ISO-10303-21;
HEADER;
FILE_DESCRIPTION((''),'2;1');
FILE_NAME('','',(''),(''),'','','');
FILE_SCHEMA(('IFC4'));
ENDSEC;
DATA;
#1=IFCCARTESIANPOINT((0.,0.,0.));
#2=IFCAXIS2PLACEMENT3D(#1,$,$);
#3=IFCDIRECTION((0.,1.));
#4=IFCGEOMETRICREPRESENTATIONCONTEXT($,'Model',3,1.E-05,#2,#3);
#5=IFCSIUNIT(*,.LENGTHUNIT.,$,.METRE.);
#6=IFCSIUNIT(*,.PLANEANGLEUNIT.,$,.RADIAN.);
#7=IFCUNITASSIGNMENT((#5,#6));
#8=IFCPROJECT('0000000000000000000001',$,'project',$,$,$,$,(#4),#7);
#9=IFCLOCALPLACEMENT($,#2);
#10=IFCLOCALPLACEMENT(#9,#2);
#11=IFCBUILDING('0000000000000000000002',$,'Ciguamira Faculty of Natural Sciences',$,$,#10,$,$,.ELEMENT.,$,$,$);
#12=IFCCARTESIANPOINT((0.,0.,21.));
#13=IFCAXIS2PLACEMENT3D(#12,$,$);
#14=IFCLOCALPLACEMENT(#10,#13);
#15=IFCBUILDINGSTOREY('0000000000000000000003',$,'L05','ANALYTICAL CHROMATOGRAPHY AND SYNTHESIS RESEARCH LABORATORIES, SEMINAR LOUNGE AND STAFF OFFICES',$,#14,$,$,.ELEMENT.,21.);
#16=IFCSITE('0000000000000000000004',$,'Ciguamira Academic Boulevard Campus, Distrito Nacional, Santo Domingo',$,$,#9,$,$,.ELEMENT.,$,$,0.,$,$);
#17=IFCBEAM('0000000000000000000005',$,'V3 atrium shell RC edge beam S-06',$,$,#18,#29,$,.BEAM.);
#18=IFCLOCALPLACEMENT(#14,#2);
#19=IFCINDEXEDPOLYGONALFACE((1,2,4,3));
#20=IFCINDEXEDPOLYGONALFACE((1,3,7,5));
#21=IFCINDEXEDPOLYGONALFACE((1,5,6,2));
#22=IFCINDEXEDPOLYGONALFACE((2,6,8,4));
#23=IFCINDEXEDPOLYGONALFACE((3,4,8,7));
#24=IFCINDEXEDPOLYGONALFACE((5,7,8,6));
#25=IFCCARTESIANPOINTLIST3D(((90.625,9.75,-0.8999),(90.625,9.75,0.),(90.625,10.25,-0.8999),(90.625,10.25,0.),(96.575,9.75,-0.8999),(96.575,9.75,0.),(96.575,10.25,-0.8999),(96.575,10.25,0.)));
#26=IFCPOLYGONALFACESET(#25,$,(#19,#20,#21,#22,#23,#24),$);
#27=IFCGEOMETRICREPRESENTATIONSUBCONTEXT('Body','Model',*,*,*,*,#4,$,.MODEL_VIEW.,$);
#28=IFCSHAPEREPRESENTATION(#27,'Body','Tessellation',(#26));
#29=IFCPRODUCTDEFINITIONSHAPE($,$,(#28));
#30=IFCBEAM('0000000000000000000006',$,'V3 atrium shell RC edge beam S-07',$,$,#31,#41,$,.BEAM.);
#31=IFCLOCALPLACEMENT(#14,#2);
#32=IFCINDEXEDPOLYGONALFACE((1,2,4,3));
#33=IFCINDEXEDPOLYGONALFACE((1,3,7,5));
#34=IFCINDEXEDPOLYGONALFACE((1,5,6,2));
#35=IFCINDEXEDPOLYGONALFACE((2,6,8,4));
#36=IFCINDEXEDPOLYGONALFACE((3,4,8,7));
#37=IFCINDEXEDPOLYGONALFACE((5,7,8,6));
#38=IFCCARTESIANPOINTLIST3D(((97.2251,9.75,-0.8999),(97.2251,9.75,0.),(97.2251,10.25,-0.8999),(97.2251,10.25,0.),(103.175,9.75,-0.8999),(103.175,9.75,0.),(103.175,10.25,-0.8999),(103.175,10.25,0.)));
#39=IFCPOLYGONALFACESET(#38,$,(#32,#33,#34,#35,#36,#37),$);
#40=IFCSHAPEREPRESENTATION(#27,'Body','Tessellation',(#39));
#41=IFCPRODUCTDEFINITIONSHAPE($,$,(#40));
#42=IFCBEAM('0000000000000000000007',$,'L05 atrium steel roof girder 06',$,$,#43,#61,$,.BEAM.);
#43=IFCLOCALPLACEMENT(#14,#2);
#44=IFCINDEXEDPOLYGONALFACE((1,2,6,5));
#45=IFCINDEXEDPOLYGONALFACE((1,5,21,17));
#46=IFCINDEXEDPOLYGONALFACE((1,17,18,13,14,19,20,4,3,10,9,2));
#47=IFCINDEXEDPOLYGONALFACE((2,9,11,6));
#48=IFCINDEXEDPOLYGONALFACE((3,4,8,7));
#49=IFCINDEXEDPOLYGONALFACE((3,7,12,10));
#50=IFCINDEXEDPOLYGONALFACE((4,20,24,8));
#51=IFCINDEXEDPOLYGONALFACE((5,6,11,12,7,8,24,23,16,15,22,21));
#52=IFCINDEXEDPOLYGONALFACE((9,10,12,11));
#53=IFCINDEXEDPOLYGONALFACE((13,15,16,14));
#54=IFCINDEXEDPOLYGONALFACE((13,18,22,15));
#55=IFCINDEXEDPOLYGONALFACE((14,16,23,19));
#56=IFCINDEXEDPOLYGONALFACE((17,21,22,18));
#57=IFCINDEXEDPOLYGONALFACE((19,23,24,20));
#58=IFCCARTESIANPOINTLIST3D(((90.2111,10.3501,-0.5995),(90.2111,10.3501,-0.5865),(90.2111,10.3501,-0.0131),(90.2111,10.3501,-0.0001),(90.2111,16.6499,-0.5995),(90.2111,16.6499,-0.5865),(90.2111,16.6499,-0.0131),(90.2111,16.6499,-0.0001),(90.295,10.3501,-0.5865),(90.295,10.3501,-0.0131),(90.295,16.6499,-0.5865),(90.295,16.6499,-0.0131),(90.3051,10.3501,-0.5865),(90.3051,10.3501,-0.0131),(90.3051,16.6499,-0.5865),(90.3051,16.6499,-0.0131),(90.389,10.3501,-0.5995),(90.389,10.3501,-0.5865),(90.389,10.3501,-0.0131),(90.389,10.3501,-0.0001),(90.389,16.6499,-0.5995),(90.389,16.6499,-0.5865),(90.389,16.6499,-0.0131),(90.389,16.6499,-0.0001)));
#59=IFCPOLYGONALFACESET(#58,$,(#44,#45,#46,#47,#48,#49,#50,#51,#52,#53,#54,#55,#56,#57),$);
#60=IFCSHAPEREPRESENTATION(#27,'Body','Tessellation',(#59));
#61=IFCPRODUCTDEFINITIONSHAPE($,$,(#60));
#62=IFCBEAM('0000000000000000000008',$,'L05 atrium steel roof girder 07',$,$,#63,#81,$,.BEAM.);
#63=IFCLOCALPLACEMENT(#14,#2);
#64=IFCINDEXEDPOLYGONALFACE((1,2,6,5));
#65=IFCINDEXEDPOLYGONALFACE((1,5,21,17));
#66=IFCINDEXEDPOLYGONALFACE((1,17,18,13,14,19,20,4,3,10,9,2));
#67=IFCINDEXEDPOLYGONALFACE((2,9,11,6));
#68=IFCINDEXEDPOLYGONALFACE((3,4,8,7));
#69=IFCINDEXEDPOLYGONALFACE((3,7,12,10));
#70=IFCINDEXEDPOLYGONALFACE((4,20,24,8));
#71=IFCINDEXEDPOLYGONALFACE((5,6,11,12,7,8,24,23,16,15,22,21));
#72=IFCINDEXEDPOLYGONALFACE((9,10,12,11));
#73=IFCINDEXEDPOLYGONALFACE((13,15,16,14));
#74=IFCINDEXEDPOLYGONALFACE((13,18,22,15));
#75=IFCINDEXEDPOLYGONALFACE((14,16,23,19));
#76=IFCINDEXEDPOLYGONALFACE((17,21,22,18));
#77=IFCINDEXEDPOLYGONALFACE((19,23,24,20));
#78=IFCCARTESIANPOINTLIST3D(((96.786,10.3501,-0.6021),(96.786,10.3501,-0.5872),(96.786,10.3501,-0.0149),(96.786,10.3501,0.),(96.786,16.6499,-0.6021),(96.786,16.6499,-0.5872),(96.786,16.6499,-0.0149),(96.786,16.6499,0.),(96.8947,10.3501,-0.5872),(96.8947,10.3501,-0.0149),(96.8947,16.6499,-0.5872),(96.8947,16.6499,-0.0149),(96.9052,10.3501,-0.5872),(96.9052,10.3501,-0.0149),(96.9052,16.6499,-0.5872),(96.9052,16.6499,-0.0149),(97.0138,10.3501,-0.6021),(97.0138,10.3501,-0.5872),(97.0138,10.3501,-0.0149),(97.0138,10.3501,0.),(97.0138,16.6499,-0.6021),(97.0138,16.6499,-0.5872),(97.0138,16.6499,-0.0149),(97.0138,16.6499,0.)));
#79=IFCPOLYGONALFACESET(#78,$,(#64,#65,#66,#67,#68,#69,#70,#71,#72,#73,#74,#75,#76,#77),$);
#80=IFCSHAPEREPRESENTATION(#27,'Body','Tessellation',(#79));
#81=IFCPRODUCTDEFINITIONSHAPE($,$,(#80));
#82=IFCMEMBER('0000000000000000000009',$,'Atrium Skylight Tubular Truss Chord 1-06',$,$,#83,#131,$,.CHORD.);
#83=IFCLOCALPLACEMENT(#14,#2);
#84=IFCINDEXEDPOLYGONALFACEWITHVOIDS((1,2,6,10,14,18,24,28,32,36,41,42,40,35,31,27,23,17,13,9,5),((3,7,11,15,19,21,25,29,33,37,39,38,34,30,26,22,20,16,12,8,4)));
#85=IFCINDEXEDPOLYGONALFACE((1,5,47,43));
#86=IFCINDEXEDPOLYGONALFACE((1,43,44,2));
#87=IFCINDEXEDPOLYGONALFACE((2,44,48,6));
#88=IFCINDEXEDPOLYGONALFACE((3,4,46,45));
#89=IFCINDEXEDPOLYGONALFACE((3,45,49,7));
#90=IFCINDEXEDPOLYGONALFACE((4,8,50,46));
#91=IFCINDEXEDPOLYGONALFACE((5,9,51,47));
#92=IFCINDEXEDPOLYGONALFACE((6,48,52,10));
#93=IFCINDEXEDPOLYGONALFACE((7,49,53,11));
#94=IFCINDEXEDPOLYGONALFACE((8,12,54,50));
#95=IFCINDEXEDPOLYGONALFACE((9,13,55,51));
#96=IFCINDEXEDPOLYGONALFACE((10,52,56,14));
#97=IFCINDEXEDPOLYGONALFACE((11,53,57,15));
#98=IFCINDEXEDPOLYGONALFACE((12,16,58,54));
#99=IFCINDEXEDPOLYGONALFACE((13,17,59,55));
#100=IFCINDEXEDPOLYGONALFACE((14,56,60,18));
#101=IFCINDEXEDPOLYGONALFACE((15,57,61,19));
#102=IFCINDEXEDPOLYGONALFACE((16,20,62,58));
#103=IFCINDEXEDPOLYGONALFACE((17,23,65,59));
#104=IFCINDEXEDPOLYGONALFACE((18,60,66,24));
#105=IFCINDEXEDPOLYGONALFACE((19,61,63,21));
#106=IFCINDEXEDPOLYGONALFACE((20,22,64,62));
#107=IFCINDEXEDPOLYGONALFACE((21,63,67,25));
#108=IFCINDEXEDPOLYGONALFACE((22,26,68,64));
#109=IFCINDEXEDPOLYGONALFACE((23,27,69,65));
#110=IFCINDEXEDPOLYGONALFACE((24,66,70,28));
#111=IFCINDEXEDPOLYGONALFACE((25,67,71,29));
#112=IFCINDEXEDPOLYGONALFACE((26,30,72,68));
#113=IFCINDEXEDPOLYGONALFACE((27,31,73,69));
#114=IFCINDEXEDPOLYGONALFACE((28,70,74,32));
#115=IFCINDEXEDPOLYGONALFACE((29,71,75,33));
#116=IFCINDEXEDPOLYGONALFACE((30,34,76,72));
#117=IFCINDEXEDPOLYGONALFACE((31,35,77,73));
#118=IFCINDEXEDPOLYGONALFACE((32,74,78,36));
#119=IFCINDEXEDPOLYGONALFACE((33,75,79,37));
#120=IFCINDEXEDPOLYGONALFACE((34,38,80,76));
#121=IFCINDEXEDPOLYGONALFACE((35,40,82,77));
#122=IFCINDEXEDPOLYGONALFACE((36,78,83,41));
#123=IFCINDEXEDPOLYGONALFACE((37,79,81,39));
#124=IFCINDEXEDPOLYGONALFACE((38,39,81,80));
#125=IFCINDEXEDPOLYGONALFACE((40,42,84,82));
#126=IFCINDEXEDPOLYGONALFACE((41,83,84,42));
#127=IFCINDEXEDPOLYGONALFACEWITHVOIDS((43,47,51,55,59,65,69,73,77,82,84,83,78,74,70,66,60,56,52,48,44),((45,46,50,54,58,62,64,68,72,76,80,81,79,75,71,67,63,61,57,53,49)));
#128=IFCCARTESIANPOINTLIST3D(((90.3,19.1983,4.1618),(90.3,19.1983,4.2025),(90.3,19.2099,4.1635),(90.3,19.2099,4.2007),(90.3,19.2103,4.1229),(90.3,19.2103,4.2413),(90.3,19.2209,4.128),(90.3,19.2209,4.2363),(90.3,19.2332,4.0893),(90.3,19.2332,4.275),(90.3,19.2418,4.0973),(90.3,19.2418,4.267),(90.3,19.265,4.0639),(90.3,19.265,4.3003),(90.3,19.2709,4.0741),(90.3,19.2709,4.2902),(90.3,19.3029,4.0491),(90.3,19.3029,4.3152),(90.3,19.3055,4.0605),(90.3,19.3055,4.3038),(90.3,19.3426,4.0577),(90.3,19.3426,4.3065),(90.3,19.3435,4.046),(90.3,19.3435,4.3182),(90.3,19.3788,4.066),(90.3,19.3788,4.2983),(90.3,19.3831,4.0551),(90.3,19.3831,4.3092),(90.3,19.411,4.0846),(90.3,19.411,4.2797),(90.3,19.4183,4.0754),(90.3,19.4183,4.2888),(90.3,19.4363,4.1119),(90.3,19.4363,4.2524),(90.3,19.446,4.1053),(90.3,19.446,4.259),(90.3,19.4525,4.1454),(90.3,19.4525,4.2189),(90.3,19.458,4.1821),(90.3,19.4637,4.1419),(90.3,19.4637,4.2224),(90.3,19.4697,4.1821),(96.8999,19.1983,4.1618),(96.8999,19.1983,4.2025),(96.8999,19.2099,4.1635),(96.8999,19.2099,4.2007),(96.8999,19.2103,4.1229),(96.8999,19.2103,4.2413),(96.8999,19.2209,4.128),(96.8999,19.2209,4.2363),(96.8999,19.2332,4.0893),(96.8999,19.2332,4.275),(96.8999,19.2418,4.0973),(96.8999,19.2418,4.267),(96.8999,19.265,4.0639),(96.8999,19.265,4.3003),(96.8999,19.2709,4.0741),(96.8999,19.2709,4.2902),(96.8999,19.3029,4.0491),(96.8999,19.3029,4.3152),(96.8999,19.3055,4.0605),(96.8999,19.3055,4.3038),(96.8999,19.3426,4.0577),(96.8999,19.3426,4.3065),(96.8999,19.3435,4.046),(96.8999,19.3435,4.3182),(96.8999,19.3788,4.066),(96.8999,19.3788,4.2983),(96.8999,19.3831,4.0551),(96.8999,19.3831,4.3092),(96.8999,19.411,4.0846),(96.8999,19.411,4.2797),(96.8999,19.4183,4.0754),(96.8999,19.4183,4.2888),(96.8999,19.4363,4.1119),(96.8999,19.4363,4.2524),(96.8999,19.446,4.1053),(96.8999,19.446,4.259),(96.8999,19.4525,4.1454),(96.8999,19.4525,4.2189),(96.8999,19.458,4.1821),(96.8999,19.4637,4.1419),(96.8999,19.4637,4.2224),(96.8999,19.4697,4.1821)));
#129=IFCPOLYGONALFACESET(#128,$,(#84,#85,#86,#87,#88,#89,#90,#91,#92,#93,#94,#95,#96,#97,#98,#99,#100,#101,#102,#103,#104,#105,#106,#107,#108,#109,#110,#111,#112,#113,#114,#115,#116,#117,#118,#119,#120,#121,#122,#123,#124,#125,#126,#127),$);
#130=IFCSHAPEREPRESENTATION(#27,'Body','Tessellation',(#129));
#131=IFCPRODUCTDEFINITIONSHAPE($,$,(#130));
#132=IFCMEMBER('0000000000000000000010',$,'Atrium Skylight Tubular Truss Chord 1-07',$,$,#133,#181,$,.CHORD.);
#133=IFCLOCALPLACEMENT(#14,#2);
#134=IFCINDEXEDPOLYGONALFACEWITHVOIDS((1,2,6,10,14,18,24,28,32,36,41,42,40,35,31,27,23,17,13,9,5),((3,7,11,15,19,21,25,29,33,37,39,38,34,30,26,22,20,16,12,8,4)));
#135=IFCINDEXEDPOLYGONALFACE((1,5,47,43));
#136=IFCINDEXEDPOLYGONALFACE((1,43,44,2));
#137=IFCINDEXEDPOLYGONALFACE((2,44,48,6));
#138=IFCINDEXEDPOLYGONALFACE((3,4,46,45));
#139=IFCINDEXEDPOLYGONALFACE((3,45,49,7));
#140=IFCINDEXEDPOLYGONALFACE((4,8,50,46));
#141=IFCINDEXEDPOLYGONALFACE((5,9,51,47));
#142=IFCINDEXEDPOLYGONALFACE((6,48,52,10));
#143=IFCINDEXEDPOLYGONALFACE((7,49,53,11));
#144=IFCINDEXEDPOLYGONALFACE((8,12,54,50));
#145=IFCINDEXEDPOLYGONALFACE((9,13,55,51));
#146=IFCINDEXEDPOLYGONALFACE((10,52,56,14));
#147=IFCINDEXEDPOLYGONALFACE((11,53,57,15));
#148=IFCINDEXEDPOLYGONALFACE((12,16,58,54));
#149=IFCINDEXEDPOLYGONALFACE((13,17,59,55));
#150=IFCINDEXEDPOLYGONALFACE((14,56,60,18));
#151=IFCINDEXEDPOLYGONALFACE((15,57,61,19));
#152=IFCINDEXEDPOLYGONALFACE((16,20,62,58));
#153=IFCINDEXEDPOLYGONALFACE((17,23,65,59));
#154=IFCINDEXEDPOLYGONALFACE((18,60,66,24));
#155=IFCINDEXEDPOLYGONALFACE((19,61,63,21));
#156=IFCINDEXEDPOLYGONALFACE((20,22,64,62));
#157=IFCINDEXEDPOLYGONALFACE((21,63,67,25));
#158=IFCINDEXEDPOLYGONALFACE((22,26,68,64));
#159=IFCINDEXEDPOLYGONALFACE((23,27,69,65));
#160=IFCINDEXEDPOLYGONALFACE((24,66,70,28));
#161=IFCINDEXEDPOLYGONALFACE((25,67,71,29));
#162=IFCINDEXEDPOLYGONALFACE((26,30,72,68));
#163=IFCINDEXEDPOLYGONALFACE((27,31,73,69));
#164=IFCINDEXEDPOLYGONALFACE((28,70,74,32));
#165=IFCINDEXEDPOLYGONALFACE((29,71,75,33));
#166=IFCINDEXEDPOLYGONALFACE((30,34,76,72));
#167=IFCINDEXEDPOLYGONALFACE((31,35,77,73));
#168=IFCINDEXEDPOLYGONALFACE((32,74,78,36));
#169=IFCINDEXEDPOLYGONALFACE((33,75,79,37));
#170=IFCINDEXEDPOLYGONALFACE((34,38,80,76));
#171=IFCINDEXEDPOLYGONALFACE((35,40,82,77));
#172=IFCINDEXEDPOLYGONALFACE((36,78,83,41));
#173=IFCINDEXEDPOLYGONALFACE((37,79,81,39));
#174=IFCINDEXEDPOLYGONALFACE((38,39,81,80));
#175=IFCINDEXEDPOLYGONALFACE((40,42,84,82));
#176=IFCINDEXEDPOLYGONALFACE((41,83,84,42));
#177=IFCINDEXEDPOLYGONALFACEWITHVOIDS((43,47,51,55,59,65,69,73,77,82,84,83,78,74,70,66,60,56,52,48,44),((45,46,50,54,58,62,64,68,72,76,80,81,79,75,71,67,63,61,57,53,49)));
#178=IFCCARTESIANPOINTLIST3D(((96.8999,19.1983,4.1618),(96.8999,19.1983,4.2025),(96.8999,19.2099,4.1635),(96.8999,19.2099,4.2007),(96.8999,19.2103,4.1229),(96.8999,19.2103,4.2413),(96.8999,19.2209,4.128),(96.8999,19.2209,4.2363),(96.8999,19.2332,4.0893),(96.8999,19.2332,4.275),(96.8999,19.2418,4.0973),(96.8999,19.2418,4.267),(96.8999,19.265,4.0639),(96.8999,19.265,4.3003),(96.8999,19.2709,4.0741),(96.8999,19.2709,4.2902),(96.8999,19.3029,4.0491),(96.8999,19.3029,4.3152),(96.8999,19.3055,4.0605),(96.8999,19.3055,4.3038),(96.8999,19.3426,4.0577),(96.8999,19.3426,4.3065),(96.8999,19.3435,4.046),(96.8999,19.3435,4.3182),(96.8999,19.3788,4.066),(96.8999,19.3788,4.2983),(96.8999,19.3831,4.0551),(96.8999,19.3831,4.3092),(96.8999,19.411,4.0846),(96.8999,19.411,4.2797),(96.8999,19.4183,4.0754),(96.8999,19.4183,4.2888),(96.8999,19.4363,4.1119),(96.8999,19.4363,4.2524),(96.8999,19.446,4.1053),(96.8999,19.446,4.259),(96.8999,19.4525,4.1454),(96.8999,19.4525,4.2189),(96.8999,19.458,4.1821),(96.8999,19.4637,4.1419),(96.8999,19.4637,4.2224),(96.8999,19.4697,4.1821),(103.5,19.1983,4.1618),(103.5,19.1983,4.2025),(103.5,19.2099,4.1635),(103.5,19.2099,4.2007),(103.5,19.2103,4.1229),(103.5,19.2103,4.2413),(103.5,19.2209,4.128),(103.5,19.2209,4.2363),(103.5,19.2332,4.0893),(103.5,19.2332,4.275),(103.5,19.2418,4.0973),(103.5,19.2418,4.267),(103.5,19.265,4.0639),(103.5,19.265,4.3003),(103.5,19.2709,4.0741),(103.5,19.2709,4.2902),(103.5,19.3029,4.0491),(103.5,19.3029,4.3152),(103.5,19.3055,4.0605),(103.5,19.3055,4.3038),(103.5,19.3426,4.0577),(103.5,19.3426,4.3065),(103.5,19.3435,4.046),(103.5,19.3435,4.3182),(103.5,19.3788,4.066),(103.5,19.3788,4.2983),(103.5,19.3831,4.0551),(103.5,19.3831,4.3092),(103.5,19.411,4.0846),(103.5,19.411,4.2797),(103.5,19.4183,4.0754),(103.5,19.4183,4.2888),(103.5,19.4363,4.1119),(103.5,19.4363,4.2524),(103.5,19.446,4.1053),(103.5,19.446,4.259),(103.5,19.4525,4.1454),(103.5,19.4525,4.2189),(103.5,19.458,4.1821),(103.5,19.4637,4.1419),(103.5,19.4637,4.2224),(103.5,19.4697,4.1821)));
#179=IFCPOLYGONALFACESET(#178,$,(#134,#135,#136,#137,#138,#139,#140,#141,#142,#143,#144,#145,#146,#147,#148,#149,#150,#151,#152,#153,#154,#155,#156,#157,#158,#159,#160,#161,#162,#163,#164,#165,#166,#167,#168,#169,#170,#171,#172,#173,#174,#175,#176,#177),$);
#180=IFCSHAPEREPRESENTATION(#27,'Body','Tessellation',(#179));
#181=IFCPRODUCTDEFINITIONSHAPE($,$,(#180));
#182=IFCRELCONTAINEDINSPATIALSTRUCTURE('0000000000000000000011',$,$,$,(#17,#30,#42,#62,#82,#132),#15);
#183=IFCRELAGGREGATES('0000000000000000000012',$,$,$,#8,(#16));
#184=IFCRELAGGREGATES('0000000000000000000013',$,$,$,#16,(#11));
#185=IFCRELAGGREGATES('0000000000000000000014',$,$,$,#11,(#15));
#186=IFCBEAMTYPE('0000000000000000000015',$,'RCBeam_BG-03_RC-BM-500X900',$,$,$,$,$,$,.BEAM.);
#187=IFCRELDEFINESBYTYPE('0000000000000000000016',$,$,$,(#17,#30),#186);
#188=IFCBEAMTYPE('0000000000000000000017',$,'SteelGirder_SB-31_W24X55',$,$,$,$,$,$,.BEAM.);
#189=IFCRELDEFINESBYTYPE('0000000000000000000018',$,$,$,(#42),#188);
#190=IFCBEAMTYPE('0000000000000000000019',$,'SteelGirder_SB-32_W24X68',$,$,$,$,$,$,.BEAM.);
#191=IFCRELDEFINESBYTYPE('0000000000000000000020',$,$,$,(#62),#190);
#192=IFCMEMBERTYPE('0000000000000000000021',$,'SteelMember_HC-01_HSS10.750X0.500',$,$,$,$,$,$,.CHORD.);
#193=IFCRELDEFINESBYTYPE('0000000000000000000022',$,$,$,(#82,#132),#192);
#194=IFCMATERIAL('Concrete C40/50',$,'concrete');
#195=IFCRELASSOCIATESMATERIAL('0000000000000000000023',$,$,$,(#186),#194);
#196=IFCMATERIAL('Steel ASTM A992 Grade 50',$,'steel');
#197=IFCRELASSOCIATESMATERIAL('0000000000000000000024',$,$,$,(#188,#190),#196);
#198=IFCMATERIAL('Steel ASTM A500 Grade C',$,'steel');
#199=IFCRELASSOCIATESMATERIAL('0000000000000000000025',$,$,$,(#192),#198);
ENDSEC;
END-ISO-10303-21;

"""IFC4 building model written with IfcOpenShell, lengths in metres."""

from ifc_helpers import new_model, si_unit, direction, frame, origin, origin_2d, place, context, subcontext, project, spatial, rectangle, hollow_circle, i_section, extrude, material, material_profile, profile_set, type_object, element, save


model = new_model("IFC4")

# Units and contexts
model_context = context("Model", 3, precision=1e-05, world=origin(), true_north=direction((0.0, 1.0)))
body_context = subcontext(model_context, "Body", "Model", "MODEL_VIEW")
ifc_project = project(units=[si_unit("LENGTHUNIT", "METRE"), si_unit("PLANEANGLEUNIT", "RADIAN")], contexts=[model_context])

# Site, building, storey
site_placement = place(None, origin())
site = spatial("IfcSite", under=ifc_project, at=site_placement, Name="Ciguamira Academic Boulevard Campus, Distrito Nacional, Santo Domingo", CompositionType="ELEMENT", RefElevation=0.0)
building_placement = place(site_placement, origin())
building = spatial("IfcBuilding", under=site, at=building_placement, Name="Ciguamira Faculty of Natural Sciences", CompositionType="ELEMENT")
storey_placement = place(building_placement, frame((0.0, 0.0, 21.0)))
storey = spatial("IfcBuildingStorey", under=building, at=storey_placement, Name="L05", Description="ANALYTICAL CHROMATOGRAPHY AND SYNTHESIS RESEARCH LABORATORIES, SEMINAR LOUNGE AND STAFF OFFICES", CompositionType="ELEMENT", Elevation=21.0)

# Beams
ifc_material_1 = material(Name="Concrete C40/50", Category="concrete")
ifc_material_profile_1 = material_profile(ifc_material_1, rectangle(XDim=0.5, YDim=0.8999, at=origin_2d()), Name="RC-BM-500X900")
ifc_profile_set_1 = profile_set([ifc_material_profile_1], Name="Concrete C40/50")
beam_type_1 = type_object("IfcBeamType", Name="RCBeam_BG-03_RC-BM-500X900", PredefinedType="BEAM", material=ifc_profile_set_1)
for number, where, z_axis, x_axis, name in (
    (1, (90.625, 10.0, -0.45), (1.0, 0.0, 0.0), (0.0, 1.0, 0.0), "V3 atrium shell RC edge beam S-06"),
    (2, (97.2251, 10.0, -0.45), (1.0, 0.0, 0.0), (0.0, 1.0, 0.0), "V3 atrium shell RC edge beam S-07"),
):
    element("IfcBeam", number, at=place(storey_placement, frame(where, z_axis=z_axis, x_axis=x_axis)), inside=storey, type_object=beam_type_1, Name=name, PredefinedType="BEAM", context=body_context, shape_type="SweptSolid", body=[
        extrude(rectangle(XDim=0.5, YDim=0.8999, at=origin_2d()), origin(), (0.0, 0.0, 1.0), 5.95),
    ])
ifc_material_2 = material(Name="Steel ASTM A992 Grade 50", Category="steel")
ifc_material_profile_2 = material_profile(ifc_material_2, i_section(OverallWidth=0.178, OverallDepth=0.5994, WebThickness=0.01, FlangeThickness=0.0129, at=origin_2d()), Name="W24X55")
ifc_profile_set_2 = profile_set([ifc_material_profile_2], Name="Steel ASTM A992 Grade 50")
beam_type_2 = type_object("IfcBeamType", Name="SteelGirder_SB-31_W24X55", PredefinedType="BEAM", material=ifc_profile_set_2)
beam_1_placement = place(storey_placement, frame((90.3, 10.3501, -0.2998), z_axis=(0.0, 1.0, 0.0), x_axis=(-1.0, 0.0, 0.0)))
element("IfcBeam", 3, at=beam_1_placement, inside=storey, type_object=beam_type_2, Name="L05 atrium steel roof girder 06", PredefinedType="BEAM", context=body_context, shape_type="SweptSolid", body=[
    extrude(i_section(OverallWidth=0.178, OverallDepth=0.5994, WebThickness=0.01, FlangeThickness=0.0129, at=origin_2d()), origin(), (0.0, 0.0, 1.0), 6.2998),
])
ifc_material_profile_3 = material_profile(ifc_material_2, i_section(OverallWidth=0.2278, OverallDepth=0.6021, WebThickness=0.0105, FlangeThickness=0.0149, at=origin_2d()), Name="W24X68")
ifc_profile_set_3 = profile_set([ifc_material_profile_3], Name="Steel ASTM A992 Grade 50")
beam_type_3 = type_object("IfcBeamType", Name="SteelGirder_SB-32_W24X68", PredefinedType="BEAM", material=ifc_profile_set_3)
beam_2_placement = place(storey_placement, frame((96.8999, 10.3501, -0.301), z_axis=(0.0, 1.0, 0.0), x_axis=(-1.0, 0.0, 0.0)))
element("IfcBeam", 4, at=beam_2_placement, inside=storey, type_object=beam_type_3, Name="L05 atrium steel roof girder 07", PredefinedType="BEAM", context=body_context, shape_type="SweptSolid", body=[
    extrude(i_section(OverallWidth=0.2278, OverallDepth=0.6021, WebThickness=0.0105, FlangeThickness=0.0149, at=origin_2d()), origin(), (0.0, 0.0, 1.0), 6.2998),
])

# Members
ifc_material_3 = material(Name="Steel ASTM A500 Grade C", Category="steel")
ifc_material_profile_4 = material_profile(ifc_material_3, hollow_circle(Radius=0.1365, WallThickness=0.0117, at=origin_2d()), Name="HSS10.750X0.500")
ifc_profile_set_4 = profile_set([ifc_material_profile_4], Name="Steel ASTM A500 Grade C")
member_type_1 = type_object("IfcMemberType", Name="SteelMember_HC-01_HSS10.750X0.500", PredefinedType="CHORD", material=ifc_profile_set_4)
member_1_placement = place(storey_placement, frame((90.3, 19.3333, 4.1821), z_axis=(1.0, 0.0, 0.0), x_axis=(0.0, 1.0, 0.0)))
element("IfcMember", 5, at=member_1_placement, inside=storey, type_object=member_type_1, Name="Atrium Skylight Tubular Truss Chord 1-06", PredefinedType="CHORD", context=body_context, shape_type="SweptSolid", body=[
    extrude(hollow_circle(Radius=0.1365, WallThickness=0.0117, at=origin_2d()), origin(), (0.0, 0.0, 1.0), 6.5999),
])
member_2_placement = place(storey_placement, frame((96.8999, 19.3333, 4.1821), z_axis=(1.0, 0.0, 0.0), x_axis=(0.0, 1.0, 0.0)))
element("IfcMember", 6, at=member_2_placement, inside=storey, type_object=member_type_1, Name="Atrium Skylight Tubular Truss Chord 1-07", PredefinedType="CHORD", context=body_context, shape_type="SweptSolid", body=[
    extrude(hollow_circle(Radius=0.1365, WallThickness=0.0117, at=origin_2d()), origin(), (0.0, 0.0, 1.0), 6.6001),
])

save(model, "model.ifc")
